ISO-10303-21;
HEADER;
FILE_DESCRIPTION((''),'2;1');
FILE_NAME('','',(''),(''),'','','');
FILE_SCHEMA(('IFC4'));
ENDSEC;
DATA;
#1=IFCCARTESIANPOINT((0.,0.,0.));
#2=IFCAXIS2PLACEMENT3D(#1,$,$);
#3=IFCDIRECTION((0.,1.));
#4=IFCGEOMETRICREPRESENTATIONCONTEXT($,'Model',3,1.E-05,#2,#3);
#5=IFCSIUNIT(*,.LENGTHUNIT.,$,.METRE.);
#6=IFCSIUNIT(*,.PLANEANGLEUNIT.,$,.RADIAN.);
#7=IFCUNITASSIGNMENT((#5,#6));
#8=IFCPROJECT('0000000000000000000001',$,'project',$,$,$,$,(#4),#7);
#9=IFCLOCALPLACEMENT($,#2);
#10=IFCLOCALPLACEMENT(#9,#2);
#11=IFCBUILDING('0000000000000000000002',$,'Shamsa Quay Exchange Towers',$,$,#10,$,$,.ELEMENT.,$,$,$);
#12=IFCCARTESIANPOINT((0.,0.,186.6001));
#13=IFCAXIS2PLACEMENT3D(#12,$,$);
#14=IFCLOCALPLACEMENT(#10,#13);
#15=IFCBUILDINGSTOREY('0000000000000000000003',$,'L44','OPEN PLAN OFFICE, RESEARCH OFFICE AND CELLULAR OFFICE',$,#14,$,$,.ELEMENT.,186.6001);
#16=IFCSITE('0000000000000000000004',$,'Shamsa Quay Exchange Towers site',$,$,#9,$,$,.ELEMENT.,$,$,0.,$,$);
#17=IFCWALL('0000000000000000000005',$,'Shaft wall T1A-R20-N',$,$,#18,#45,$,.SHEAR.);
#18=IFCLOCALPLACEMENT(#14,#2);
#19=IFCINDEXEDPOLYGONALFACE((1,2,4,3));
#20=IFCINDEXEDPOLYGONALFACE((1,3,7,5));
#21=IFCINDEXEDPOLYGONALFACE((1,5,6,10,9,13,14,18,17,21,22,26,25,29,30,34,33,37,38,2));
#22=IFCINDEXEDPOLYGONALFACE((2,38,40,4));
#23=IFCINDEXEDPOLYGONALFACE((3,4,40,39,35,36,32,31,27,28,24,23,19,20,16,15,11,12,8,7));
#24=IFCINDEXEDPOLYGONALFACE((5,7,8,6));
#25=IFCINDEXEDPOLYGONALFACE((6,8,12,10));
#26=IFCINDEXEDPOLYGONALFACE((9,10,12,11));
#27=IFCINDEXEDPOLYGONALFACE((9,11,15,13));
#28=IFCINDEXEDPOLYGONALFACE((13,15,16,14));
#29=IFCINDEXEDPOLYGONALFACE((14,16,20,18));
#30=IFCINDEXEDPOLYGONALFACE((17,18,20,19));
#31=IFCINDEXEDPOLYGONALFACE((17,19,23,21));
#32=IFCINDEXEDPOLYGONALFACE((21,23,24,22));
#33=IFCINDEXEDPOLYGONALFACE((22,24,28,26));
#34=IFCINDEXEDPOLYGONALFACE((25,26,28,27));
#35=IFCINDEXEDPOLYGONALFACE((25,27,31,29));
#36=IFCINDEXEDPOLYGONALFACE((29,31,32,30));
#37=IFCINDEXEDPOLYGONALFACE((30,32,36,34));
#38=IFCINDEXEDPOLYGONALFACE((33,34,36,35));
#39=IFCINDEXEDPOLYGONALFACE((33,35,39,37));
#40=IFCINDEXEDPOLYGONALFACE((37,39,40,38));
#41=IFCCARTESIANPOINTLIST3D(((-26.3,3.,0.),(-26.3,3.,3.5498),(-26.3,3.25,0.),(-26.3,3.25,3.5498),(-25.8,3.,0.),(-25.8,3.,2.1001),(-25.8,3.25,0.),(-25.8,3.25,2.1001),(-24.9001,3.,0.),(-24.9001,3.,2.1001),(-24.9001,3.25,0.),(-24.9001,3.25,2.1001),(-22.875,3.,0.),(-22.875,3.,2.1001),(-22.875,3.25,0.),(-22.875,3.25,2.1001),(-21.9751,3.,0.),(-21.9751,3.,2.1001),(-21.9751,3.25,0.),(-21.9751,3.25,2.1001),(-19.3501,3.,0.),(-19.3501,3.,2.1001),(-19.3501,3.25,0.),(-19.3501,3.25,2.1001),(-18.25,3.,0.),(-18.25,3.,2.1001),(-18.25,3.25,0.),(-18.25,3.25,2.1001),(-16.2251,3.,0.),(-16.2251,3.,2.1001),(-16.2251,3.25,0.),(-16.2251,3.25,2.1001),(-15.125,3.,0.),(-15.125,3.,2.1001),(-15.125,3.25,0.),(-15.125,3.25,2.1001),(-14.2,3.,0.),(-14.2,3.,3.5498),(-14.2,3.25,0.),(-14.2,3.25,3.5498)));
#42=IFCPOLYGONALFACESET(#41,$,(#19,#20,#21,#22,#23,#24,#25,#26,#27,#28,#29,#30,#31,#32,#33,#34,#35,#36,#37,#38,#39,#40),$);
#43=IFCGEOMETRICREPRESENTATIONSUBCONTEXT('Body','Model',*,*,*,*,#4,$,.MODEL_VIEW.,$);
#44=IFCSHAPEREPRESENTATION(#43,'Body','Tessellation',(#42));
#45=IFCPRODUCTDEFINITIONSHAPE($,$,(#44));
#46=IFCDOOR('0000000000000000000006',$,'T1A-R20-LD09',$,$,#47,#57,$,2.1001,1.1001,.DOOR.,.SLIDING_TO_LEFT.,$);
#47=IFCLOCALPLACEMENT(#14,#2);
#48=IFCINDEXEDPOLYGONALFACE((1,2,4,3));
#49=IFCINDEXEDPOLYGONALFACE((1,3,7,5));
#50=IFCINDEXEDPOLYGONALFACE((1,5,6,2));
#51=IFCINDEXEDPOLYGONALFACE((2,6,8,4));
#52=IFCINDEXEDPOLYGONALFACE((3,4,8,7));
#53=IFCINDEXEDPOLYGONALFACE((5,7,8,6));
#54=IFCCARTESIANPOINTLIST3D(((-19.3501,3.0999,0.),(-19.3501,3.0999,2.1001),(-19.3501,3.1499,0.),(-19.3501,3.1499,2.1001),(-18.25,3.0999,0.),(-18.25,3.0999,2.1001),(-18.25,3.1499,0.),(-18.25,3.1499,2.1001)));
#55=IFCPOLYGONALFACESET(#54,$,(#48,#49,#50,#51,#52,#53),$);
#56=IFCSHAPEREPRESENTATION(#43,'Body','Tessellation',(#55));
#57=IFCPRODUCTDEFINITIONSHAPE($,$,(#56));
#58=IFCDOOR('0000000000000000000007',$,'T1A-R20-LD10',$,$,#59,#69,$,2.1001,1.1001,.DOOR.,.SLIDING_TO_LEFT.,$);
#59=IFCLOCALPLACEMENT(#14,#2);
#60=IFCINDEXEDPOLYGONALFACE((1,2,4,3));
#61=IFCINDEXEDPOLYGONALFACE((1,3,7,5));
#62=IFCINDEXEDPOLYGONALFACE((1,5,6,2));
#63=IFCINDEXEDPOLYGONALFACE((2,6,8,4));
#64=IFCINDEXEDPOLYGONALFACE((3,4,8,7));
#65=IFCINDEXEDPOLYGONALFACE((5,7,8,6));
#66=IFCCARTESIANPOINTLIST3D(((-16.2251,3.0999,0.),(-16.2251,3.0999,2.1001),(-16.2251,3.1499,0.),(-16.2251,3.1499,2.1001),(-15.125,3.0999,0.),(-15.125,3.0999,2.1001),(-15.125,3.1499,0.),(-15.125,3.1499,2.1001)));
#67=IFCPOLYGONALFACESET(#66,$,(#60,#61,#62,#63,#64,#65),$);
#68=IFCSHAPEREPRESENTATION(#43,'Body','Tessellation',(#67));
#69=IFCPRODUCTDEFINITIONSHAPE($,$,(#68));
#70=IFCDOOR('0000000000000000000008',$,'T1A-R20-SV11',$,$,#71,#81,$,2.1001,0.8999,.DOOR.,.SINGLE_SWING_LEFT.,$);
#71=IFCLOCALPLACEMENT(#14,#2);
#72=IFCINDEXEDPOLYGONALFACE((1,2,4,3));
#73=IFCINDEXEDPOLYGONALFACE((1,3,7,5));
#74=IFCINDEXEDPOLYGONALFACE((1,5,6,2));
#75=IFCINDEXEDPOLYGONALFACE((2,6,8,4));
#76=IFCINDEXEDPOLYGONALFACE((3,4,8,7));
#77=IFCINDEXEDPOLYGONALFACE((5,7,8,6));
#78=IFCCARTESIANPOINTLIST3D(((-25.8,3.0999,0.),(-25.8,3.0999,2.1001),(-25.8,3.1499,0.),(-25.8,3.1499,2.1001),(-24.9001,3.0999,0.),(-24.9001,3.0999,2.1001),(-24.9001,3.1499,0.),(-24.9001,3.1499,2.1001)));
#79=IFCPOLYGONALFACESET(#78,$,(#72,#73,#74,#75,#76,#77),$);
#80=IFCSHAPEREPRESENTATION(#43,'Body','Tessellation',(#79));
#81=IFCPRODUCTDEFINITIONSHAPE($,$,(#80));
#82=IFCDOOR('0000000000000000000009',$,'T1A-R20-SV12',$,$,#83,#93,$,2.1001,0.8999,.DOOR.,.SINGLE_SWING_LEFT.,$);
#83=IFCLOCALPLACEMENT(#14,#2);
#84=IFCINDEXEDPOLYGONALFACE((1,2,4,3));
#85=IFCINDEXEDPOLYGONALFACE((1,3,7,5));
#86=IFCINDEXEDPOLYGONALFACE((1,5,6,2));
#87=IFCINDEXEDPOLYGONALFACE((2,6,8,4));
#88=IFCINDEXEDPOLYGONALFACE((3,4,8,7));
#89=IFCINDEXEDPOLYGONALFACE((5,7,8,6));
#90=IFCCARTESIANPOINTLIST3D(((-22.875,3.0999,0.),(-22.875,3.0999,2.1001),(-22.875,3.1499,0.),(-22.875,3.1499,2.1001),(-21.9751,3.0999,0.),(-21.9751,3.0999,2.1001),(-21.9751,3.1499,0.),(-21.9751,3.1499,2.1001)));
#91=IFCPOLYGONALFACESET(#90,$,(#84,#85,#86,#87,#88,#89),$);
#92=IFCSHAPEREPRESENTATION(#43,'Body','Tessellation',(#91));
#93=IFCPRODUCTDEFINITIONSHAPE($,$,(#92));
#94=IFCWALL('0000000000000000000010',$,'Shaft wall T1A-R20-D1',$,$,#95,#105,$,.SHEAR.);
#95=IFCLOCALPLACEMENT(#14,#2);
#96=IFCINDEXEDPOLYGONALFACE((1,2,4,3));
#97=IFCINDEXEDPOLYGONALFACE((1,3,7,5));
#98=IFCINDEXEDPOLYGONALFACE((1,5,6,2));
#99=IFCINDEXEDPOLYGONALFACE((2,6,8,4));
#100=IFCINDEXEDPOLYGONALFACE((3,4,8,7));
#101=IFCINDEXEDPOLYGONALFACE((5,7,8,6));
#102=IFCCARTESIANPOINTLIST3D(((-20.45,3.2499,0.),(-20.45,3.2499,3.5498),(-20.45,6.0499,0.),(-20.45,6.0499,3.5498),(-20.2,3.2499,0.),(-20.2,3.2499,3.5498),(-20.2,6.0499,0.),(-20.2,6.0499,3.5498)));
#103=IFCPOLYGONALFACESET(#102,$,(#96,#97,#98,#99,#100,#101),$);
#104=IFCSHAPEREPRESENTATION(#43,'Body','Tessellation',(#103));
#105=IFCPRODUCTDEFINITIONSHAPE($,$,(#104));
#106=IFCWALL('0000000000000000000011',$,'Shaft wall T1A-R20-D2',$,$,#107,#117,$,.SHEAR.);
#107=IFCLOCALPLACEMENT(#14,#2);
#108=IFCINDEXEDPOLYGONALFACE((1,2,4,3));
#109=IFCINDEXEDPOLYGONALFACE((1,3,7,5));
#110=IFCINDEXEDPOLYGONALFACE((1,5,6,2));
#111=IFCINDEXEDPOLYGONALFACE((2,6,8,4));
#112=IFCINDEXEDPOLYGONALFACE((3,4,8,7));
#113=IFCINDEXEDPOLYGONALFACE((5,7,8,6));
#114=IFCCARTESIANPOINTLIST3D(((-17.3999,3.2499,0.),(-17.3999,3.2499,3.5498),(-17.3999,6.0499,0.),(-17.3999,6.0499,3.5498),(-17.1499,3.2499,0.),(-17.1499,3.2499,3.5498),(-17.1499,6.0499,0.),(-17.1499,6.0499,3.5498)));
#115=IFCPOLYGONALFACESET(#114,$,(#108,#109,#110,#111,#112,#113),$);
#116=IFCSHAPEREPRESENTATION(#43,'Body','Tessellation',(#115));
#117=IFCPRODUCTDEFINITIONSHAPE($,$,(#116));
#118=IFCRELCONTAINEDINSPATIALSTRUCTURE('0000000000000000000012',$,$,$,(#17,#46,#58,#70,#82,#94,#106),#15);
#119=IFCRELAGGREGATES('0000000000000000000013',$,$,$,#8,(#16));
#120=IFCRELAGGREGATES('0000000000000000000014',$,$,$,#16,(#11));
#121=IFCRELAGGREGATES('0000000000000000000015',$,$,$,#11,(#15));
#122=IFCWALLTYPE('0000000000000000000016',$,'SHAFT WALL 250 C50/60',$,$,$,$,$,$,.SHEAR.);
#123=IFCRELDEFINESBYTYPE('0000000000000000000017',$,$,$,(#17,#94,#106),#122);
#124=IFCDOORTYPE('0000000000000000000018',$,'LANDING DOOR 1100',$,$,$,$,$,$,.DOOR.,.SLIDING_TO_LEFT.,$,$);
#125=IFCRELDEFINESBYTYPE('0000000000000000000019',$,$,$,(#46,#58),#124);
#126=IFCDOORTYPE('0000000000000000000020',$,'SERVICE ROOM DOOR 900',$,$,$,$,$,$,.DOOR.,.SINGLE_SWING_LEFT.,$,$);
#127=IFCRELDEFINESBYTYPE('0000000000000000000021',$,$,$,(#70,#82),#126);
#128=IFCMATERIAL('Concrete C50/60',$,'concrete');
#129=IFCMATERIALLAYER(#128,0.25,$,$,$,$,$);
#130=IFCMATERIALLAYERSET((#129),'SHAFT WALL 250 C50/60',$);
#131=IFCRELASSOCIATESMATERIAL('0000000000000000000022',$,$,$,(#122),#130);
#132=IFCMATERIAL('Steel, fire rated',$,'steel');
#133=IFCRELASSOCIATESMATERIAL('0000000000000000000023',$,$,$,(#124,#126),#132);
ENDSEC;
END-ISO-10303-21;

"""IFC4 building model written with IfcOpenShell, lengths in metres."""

from ifc_helpers import new_model, si_unit, direction, frame, frame_2d, origin, place, context, subcontext, project, spatial, rectangle, extrude, material, layer, layer_set, type_object, element, fill, save


model = new_model("IFC4")

# Units and contexts
model_context = context("Model", 3, precision=1e-05, world=origin(), true_north=direction((0.0, 1.0)))
body_context = subcontext(model_context, "Body", "Model", "MODEL_VIEW")
ifc_project = project(units=[si_unit("LENGTHUNIT", "METRE"), si_unit("PLANEANGLEUNIT", "RADIAN")], contexts=[model_context])

# Site, building, storey
site_placement = place(None, origin())
site = spatial("IfcSite", under=ifc_project, at=site_placement, Name="Shamsa Quay Exchange Towers site", CompositionType="ELEMENT", RefElevation=0.0)
building_placement = place(site_placement, origin())
building = spatial("IfcBuilding", under=site, at=building_placement, Name="Shamsa Quay Exchange Towers", CompositionType="ELEMENT")
storey_placement = place(building_placement, frame((0.0, 0.0, 186.6001)))
storey = spatial("IfcBuildingStorey", under=building, at=storey_placement, Name="L44", Description="OPEN PLAN OFFICE, RESEARCH OFFICE AND CELLULAR OFFICE", CompositionType="ELEMENT", Elevation=186.6001)

# Shared definitions
ifc_material_1 = material(Name="Steel, fire rated", Category="steel")

# Wall, openings, doors
ifc_material_2 = material(Name="Concrete C50/60", Category="concrete")
ifc_layer_1 = layer(ifc_material_2, 0.25)
ifc_layer_set_1 = layer_set([ifc_layer_1], Name="SHAFT WALL 250 C50/60")
wall_type_1 = type_object("IfcWallType", Name="SHAFT WALL 250 C50/60", PredefinedType="SHEAR", material=ifc_layer_set_1)
wall_1_placement = place(storey_placement, frame((-26.3, 3.125, 0.0)))
wall_1 = element("IfcWall", 1, at=wall_1_placement, inside=storey, type_object=wall_type_1, Name="Shaft wall T1A-R20-N", PredefinedType="SHEAR", context=body_context, shape_type="SweptSolid", body=[
    extrude(rectangle(XDim=12.1001, YDim=0.25, at=frame_2d((6.05, 0.0))), origin(), (0.0, 0.0, 1.0), 3.5498),
])
opening_1_placement = place(wall_1_placement, frame((6.95, 0.0, 0.0)))
opening_1 = element("IfcOpeningElement", 2, at=opening_1_placement, cuts=wall_1, PredefinedType="OPENING", context=body_context, shape_type="SweptSolid", body=[
    extrude(rectangle(XDim=1.1001, YDim=2.1001, at=frame_2d((0.55, 1.05))), frame((0.0, 0.135, 0.0), z_axis=(0.0, -1.0, 0.0), x_axis=(1.0, 0.0, 0.0)), (0.0, 0.0, 1.0), 0.27),
])
opening_2_placement = place(wall_1_placement, frame((10.075, 0.0, 0.0)))
opening_2 = element("IfcOpeningElement", 3, at=opening_2_placement, cuts=wall_1, PredefinedType="OPENING", context=body_context, shape_type="SweptSolid", body=[
    extrude(rectangle(XDim=1.1001, YDim=2.1001, at=frame_2d((0.55, 1.05))), frame((0.0, 0.135, 0.0), z_axis=(0.0, -1.0, 0.0), x_axis=(1.0, 0.0, 0.0)), (0.0, 0.0, 1.0), 0.27),
])
opening_3_placement = place(wall_1_placement, frame((0.5, 0.0, 0.0)))
opening_3 = element("IfcOpeningElement", 4, at=opening_3_placement, cuts=wall_1, PredefinedType="OPENING", context=body_context, shape_type="SweptSolid", body=[
    extrude(rectangle(XDim=0.8999, YDim=2.1001, at=frame_2d((0.45, 1.05))), frame((0.0, 0.135, 0.0), z_axis=(0.0, -1.0, 0.0), x_axis=(1.0, 0.0, 0.0)), (0.0, 0.0, 1.0), 0.27),
])
opening_4_placement = place(wall_1_placement, frame((3.425, 0.0, 0.0)))
opening_4 = element("IfcOpeningElement", 5, at=opening_4_placement, cuts=wall_1, PredefinedType="OPENING", context=body_context, shape_type="SweptSolid", body=[
    extrude(rectangle(XDim=0.8999, YDim=2.1001, at=frame_2d((0.45, 1.05))), frame((0.0, 0.135, 0.0), z_axis=(0.0, -1.0, 0.0), x_axis=(1.0, 0.0, 0.0)), (0.0, 0.0, 1.0), 0.27),
])
door_type_1 = type_object("IfcDoorType", Name="LANDING DOOR 1100", OperationType="SLIDING_TO_LEFT", PredefinedType="DOOR", material=ifc_material_1)
door_1_placement = place(opening_1_placement, origin())
door_1 = element("IfcDoor", 6, at=door_1_placement, inside=storey, type_object=door_type_1, Name="T1A-R20-LD09", OperationType="SLIDING_TO_LEFT", OverallHeight=2.1001, OverallWidth=1.1001, PredefinedType="DOOR", context=body_context, shape_type="SweptSolid", body=[
    extrude(rectangle(XDim=1.1001, YDim=2.1001, at=frame_2d((0.55, 1.05))), frame((0.0, 0.0249, 0.0), z_axis=(0.0, -1.0, 0.0), x_axis=(1.0, 0.0, 0.0)), (0.0, 0.0, 1.0), 0.05),
])
fill(opening_1, door_1)
door_2_placement = place(opening_2_placement, origin())
door_2 = element("IfcDoor", 7, at=door_2_placement, inside=storey, type_object=door_type_1, Name="T1A-R20-LD10", OperationType="SLIDING_TO_LEFT", OverallHeight=2.1001, OverallWidth=1.1001, PredefinedType="DOOR", context=body_context, shape_type="SweptSolid", body=[
    extrude(rectangle(XDim=1.1001, YDim=2.1001, at=frame_2d((0.55, 1.05))), frame((0.0, 0.0249, 0.0), z_axis=(0.0, -1.0, 0.0), x_axis=(1.0, 0.0, 0.0)), (0.0, 0.0, 1.0), 0.05),
])
fill(opening_2, door_2)
door_type_2 = type_object("IfcDoorType", Name="SERVICE ROOM DOOR 900", OperationType="SINGLE_SWING_LEFT", PredefinedType="DOOR", material=ifc_material_1)
door_3_placement = place(opening_3_placement, origin())
door_3 = element("IfcDoor", 8, at=door_3_placement, inside=storey, type_object=door_type_2, Name="T1A-R20-SV11", OperationType="SINGLE_SWING_LEFT", OverallHeight=2.1001, OverallWidth=0.8999, PredefinedType="DOOR", context=body_context, shape_type="SweptSolid", body=[
    extrude(rectangle(XDim=0.8999, YDim=2.1001, at=frame_2d((0.45, 1.05))), frame((0.0, 0.0249, 0.0), z_axis=(0.0, -1.0, 0.0), x_axis=(1.0, 0.0, 0.0)), (0.0, 0.0, 1.0), 0.05),
])
fill(opening_3, door_3)
door_4_placement = place(opening_4_placement, origin())
door_4 = element("IfcDoor", 9, at=door_4_placement, inside=storey, type_object=door_type_2, Name="T1A-R20-SV12", OperationType="SINGLE_SWING_LEFT", OverallHeight=2.1001, OverallWidth=0.8999, PredefinedType="DOOR", context=body_context, shape_type="SweptSolid", body=[
    extrude(rectangle(XDim=0.8999, YDim=2.1001, at=frame_2d((0.45, 1.05))), frame((0.0, 0.0249, 0.0), z_axis=(0.0, -1.0, 0.0), x_axis=(1.0, 0.0, 0.0)), (0.0, 0.0, 1.0), 0.05),
])
fill(opening_4, door_4)

# Walls
for number, where, z_axis, x_axis, name in (
    (10, (-20.325, 3.25, 0.0), (0.0, 0.0, 1.0), (0.0, 1.0, 0.0), "Shaft wall T1A-R20-D1"),
    (11, (-17.2749, 3.25, 0.0), (0.0, 0.0, 1.0), (0.0, 1.0, 0.0), "Shaft wall T1A-R20-D2"),
):
    element("IfcWall", number, at=place(storey_placement, frame(where, z_axis=z_axis, x_axis=x_axis)), inside=storey, type_object=wall_type_1, Name=name, PredefinedType="SHEAR", context=body_context, shape_type="SweptSolid", body=[
        extrude(rectangle(XDim=2.8, YDim=0.25, at=frame_2d((1.3999, 0.0))), origin(), (0.0, 0.0, 1.0), 3.5498),
    ])

save(model, "model.ifc")
